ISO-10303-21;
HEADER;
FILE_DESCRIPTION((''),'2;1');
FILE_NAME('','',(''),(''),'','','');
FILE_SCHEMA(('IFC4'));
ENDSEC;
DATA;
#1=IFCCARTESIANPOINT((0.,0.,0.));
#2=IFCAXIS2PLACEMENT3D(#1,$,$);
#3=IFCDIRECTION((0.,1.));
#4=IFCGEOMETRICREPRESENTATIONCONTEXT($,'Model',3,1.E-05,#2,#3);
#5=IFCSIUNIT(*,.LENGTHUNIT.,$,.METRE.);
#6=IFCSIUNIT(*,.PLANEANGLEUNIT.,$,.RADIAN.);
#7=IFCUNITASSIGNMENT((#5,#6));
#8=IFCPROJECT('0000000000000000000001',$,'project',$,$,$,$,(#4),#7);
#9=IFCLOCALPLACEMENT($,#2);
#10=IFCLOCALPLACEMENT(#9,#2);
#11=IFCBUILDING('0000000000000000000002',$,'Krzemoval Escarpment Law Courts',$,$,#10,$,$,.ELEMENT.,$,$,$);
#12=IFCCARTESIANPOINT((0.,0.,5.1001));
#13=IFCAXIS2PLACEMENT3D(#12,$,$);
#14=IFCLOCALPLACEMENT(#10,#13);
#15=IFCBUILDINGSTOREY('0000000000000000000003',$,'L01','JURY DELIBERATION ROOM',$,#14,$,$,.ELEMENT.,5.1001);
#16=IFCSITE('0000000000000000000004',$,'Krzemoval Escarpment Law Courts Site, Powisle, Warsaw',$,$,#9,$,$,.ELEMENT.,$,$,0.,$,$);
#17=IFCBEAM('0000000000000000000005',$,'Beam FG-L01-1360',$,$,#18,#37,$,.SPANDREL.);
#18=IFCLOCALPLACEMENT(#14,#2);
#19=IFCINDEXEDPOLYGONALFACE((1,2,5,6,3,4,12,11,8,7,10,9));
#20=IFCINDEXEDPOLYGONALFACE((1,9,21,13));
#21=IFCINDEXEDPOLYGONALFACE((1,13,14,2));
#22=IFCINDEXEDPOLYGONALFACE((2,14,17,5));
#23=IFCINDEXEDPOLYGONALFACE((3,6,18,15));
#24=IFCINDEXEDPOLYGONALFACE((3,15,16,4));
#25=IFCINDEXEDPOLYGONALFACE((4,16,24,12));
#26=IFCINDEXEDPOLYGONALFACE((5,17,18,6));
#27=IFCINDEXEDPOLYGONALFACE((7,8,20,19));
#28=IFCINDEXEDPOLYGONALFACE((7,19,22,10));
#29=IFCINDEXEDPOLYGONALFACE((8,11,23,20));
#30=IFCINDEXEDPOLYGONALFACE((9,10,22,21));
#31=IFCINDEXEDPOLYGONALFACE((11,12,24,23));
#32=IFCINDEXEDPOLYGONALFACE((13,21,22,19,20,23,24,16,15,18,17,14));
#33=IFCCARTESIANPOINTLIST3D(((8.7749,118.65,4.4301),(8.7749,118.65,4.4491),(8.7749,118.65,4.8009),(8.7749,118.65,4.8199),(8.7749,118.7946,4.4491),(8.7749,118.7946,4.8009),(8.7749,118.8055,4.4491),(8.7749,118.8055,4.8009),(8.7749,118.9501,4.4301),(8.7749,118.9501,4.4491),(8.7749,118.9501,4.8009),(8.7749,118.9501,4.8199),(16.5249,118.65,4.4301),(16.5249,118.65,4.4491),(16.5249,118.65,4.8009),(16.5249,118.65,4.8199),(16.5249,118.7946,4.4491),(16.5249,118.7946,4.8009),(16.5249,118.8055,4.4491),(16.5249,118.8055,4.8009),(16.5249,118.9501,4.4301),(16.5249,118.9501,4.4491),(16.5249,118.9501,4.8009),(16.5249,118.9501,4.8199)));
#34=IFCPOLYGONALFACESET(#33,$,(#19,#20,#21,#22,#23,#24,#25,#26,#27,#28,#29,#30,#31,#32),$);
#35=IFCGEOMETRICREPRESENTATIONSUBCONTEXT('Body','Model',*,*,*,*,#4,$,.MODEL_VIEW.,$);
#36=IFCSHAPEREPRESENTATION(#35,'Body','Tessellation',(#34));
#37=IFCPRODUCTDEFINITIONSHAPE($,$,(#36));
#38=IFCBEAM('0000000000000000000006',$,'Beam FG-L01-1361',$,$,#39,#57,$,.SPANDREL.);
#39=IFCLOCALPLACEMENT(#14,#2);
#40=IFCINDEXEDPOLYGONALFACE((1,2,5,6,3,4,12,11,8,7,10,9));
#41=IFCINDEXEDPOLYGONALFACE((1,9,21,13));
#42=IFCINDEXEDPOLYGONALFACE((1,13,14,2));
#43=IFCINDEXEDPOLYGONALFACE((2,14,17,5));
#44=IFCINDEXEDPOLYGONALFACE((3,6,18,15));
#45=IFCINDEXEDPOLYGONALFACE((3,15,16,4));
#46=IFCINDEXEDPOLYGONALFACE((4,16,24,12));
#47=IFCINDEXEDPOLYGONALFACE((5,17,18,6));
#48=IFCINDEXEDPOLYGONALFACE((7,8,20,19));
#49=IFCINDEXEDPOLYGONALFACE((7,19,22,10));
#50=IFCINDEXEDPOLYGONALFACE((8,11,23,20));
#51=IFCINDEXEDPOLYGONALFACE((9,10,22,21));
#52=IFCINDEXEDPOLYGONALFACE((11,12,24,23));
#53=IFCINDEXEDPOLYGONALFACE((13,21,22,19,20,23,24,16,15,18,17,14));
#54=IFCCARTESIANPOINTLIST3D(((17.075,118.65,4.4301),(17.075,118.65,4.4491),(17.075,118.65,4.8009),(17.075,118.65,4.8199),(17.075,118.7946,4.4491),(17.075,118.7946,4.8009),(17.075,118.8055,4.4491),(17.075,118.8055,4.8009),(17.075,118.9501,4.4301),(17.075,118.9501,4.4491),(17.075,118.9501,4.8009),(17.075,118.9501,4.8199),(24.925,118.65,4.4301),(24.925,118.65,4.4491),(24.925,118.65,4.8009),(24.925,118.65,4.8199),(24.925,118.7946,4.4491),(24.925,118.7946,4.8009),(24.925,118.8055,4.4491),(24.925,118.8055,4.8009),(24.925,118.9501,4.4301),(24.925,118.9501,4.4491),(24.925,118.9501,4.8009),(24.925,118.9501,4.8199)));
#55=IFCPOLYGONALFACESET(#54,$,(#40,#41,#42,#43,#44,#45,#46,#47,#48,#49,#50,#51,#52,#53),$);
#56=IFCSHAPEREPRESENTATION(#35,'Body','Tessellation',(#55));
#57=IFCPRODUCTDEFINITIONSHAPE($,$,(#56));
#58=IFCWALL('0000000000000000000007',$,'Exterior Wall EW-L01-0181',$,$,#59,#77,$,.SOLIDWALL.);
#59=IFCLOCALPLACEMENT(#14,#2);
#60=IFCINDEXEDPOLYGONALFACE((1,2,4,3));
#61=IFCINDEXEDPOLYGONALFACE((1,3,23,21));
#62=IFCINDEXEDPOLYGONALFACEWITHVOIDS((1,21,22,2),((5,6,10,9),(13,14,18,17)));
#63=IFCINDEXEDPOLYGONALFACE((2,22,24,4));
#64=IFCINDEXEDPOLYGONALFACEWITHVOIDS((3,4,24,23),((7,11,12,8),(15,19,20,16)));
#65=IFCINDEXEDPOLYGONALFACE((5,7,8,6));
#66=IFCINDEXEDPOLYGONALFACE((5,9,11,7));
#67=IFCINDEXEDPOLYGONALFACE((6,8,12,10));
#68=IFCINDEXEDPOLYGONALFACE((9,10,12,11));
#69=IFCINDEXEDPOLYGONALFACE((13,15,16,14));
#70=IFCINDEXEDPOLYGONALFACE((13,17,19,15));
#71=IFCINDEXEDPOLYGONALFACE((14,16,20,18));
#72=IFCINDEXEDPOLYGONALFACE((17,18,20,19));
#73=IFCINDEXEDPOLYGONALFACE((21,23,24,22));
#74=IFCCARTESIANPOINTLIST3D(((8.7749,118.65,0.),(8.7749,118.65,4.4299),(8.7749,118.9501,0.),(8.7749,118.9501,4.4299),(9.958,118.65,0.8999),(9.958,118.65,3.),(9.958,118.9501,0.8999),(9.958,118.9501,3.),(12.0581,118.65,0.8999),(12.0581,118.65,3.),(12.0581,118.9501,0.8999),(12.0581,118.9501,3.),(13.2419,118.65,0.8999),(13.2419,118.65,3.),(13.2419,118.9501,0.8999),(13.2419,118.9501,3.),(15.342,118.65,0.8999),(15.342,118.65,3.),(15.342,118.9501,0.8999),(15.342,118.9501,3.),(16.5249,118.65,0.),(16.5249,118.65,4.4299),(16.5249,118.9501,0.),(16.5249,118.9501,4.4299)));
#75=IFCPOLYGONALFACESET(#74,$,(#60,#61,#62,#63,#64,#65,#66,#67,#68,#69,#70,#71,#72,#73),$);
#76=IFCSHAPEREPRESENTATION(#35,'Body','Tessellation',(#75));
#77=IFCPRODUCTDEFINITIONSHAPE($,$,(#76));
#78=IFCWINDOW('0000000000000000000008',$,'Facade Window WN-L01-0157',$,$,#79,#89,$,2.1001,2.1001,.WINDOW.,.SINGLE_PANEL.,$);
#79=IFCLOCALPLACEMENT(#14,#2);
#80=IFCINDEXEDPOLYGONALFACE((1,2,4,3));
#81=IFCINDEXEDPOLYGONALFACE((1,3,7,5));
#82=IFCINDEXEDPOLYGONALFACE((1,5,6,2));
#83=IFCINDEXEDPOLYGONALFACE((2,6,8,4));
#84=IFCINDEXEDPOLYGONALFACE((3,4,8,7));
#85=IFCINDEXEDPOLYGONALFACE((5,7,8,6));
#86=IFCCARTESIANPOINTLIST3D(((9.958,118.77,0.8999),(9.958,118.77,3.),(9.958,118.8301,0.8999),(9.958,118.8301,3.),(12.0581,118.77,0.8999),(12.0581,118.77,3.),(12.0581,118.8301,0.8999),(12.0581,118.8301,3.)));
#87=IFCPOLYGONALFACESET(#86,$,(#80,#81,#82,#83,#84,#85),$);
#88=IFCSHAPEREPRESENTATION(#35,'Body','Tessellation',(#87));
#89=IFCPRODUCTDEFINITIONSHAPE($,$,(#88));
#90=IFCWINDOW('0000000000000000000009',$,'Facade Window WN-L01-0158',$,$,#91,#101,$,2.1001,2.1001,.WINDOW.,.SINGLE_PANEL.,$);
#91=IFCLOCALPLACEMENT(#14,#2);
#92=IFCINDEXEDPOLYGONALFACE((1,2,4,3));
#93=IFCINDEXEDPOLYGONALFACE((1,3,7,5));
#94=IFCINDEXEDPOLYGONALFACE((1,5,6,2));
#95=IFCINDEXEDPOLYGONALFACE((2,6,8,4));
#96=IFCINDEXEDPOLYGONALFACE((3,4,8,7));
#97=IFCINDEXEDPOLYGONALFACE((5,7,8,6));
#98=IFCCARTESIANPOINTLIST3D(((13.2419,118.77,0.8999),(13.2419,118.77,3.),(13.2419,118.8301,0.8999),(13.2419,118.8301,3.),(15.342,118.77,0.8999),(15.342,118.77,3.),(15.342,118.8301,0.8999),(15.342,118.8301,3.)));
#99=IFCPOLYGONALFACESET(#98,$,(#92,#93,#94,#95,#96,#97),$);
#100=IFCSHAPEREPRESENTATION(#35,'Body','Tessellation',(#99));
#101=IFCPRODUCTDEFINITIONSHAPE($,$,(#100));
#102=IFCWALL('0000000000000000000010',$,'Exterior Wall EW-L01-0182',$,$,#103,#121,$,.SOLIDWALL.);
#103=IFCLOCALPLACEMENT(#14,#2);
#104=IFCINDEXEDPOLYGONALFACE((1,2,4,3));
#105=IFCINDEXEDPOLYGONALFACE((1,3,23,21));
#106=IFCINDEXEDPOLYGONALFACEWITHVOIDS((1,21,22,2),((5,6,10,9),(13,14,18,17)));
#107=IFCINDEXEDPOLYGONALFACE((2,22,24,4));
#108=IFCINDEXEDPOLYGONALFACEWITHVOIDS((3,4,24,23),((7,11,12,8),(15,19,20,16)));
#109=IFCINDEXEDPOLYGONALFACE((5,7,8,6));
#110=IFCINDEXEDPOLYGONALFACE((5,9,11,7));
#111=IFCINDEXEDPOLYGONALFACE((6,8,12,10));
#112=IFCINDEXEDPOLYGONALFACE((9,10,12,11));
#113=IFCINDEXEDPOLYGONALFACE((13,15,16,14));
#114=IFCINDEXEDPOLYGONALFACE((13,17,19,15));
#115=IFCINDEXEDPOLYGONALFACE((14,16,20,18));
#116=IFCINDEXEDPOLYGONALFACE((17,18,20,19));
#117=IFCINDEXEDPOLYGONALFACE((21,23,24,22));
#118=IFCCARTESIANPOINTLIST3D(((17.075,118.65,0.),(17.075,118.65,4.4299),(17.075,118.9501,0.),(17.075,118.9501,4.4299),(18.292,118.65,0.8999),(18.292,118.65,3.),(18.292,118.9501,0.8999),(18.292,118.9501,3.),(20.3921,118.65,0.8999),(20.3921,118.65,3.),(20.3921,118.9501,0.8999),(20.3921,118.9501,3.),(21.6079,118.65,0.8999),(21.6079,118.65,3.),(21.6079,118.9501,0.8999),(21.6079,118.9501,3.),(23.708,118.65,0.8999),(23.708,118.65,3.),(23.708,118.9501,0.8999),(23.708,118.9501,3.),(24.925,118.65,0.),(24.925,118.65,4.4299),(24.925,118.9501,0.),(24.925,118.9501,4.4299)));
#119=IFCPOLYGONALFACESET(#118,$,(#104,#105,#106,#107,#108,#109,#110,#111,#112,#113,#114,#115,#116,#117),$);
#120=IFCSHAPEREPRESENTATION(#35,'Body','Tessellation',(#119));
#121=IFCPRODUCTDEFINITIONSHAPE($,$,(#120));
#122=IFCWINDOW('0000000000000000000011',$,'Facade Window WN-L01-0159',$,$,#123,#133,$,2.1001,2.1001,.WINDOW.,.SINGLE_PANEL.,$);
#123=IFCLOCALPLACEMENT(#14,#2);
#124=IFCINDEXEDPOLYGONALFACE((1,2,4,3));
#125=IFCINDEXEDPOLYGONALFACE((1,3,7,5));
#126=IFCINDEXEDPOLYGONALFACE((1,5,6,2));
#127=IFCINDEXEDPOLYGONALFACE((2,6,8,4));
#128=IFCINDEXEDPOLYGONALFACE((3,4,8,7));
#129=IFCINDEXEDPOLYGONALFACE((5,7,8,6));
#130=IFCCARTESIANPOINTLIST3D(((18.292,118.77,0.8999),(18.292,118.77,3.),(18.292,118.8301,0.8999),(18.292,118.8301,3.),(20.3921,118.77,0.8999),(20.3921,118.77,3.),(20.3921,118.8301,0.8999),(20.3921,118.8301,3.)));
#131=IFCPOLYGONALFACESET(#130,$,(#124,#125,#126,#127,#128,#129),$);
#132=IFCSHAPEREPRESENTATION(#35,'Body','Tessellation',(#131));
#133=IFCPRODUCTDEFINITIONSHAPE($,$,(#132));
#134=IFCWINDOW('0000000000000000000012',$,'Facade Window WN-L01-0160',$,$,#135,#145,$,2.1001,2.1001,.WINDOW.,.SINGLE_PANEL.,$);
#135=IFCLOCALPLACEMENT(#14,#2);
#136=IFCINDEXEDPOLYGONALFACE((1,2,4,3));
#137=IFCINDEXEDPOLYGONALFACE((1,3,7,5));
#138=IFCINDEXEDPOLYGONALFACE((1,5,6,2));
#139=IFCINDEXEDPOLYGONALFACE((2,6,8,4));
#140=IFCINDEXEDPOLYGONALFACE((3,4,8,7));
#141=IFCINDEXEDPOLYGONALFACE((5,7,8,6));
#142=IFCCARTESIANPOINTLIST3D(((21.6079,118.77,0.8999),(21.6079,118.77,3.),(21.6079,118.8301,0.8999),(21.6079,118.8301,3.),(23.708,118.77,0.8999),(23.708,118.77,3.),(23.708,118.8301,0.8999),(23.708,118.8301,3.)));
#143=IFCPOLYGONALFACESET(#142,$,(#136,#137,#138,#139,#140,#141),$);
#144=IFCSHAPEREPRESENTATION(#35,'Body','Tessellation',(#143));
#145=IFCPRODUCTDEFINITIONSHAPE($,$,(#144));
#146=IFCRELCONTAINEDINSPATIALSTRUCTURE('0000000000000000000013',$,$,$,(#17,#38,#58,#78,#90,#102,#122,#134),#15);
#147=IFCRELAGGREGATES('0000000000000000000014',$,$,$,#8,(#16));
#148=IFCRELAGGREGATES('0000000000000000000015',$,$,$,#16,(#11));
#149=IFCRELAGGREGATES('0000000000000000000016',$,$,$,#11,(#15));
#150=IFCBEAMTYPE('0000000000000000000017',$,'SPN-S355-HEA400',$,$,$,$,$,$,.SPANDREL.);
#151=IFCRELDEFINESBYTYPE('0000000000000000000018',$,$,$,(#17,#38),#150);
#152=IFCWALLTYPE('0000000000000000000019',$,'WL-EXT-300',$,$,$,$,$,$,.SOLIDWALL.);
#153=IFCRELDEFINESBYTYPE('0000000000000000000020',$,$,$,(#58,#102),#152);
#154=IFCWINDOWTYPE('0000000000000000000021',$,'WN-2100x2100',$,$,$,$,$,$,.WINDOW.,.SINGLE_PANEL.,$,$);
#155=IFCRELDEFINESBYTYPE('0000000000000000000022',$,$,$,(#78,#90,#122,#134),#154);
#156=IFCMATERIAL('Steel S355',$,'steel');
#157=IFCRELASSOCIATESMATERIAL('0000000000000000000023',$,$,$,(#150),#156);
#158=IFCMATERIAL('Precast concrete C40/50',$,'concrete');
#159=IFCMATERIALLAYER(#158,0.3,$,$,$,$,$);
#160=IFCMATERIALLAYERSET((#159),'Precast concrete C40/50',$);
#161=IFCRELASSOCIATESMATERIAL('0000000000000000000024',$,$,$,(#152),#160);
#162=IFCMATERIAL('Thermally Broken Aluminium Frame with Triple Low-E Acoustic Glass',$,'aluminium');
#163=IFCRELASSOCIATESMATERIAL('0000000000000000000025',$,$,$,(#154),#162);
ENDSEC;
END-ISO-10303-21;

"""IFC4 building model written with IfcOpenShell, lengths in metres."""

from ifc_helpers import new_model, si_unit, direction, frame, frame_2d, origin, origin_2d, place, context, subcontext, project, spatial, rectangle, i_section, extrude, material, layer, layer_set, material_profile, profile_set, type_object, element, fill, save


model = new_model("IFC4")

# Units and contexts
model_context = context("Model", 3, precision=1e-05, world=origin(), true_north=direction((0.0, 1.0)))
body_context = subcontext(model_context, "Body", "Model", "MODEL_VIEW")
ifc_project = project(units=[si_unit("LENGTHUNIT", "METRE"), si_unit("PLANEANGLEUNIT", "RADIAN")], contexts=[model_context])

# Site, building, storey
site_placement = place(None, origin())
site = spatial("IfcSite", under=ifc_project, at=site_placement, Name="Krzemoval Escarpment Law Courts Site, Powisle, Warsaw", CompositionType="ELEMENT", RefElevation=0.0)
building_placement = place(site_placement, origin())
building = spatial("IfcBuilding", under=site, at=building_placement, Name="Krzemoval Escarpment Law Courts", CompositionType="ELEMENT")
storey_placement = place(building_placement, frame((0.0, 0.0, 5.1001)))
storey = spatial("IfcBuildingStorey", under=building, at=storey_placement, Name="L01", Description="JURY DELIBERATION ROOM", CompositionType="ELEMENT", Elevation=5.1001)

# Beams
ifc_material_1 = material(Name="Steel S355", Category="steel")
ifc_material_profile_1 = material_profile(ifc_material_1, i_section(OverallWidth=0.3, OverallDepth=0.3899, WebThickness=0.011, FlangeThickness=0.019, at=origin_2d()), Name="HEA 400")
ifc_profile_set_1 = profile_set([ifc_material_profile_1], Name="Steel S355")
beam_type_1 = type_object("IfcBeamType", Name="SPN-S355-HEA400", PredefinedType="SPANDREL", material=ifc_profile_set_1)
beam_1_placement = place(storey_placement, frame((8.7749, 118.8, 4.625), z_axis=(1.0, 0.0, 0.0), x_axis=(0.0, 1.0, 0.0)))
element("IfcBeam", 1, at=beam_1_placement, inside=storey, type_object=beam_type_1, Name="Beam FG-L01-1360", PredefinedType="SPANDREL", context=body_context, shape_type="SweptSolid", body=[
    extrude(i_section(OverallWidth=0.3, OverallDepth=0.3899, WebThickness=0.011, FlangeThickness=0.019, at=origin_2d()), origin(), (0.0, 0.0, 1.0), 7.75),
])
beam_2_placement = place(storey_placement, frame((17.075, 118.8, 4.625), z_axis=(1.0, 0.0, 0.0), x_axis=(0.0, 1.0, 0.0)))
element("IfcBeam", 2, at=beam_2_placement, inside=storey, type_object=beam_type_1, Name="Beam FG-L01-1361", PredefinedType="SPANDREL", context=body_context, shape_type="SweptSolid", body=[
    extrude(i_section(OverallWidth=0.3, OverallDepth=0.3899, WebThickness=0.011, FlangeThickness=0.019, at=origin_2d()), origin(), (0.0, 0.0, 1.0), 7.8501),
])

# Walls, openings, windows
ifc_material_2 = material(Name="Precast concrete C40/50", Category="concrete")
ifc_layer_1 = layer(ifc_material_2, 0.3)
ifc_layer_set_1 = layer_set([ifc_layer_1], Name="Precast concrete C40/50")
wall_type_1 = type_object("IfcWallType", Name="WL-EXT-300", PredefinedType="SOLIDWALL", material=ifc_layer_set_1)
wall_1_placement = place(storey_placement, frame((8.7749, 118.8, 0.0), z_axis=(0.0, 0.0, 1.0), x_axis=(1.0, 0.0, 0.0)))
wall_1 = element("IfcWall", 3, at=wall_1_placement, inside=storey, type_object=wall_type_1, Name="Exterior Wall EW-L01-0181", PredefinedType="SOLIDWALL", context=body_context, shape_type="SweptSolid", body=[
    extrude(rectangle(XDim=7.75, YDim=0.3, at=frame_2d((3.875, 0.0))), origin(), (0.0, 0.0, 1.0), 4.4299),
])
opening_1_placement = place(wall_1_placement, frame((1.1831, 0.0, 0.8999)))
opening_1 = element("IfcOpeningElement", 4, at=opening_1_placement, cuts=wall_1, PredefinedType="OPENING", context=body_context, shape_type="SweptSolid", body=[
    extrude(rectangle(XDim=2.1001, YDim=2.1001, at=frame_2d((1.05, 1.05))), frame((0.0, 0.165, 0.0), z_axis=(0.0, -1.0, 0.0), x_axis=(1.0, 0.0, 0.0)), (0.0, 0.0, 1.0), 0.3301),
])
opening_2_placement = place(wall_1_placement, frame((4.467, 0.0, 0.8999)))
opening_2 = element("IfcOpeningElement", 5, at=opening_2_placement, cuts=wall_1, PredefinedType="OPENING", context=body_context, shape_type="SweptSolid", body=[
    extrude(rectangle(XDim=2.1001, YDim=2.1001, at=frame_2d((1.05, 1.05))), frame((0.0, 0.165, 0.0), z_axis=(0.0, -1.0, 0.0), x_axis=(1.0, 0.0, 0.0)), (0.0, 0.0, 1.0), 0.3301),
])
ifc_material_3 = material(Name="Thermally Broken Aluminium Frame with Triple Low-E Acoustic Glass", Category="aluminium")
window_type = type_object("IfcWindowType", Name="WN-2100x2100", PartitioningType="SINGLE_PANEL", PredefinedType="WINDOW", material=ifc_material_3)
window_1_placement = place(opening_1_placement, origin())
window_1 = element("IfcWindow", 6, at=window_1_placement, inside=storey, type_object=window_type, Name="Facade Window WN-L01-0157", OverallHeight=2.1001, OverallWidth=2.1001, PartitioningType="SINGLE_PANEL", PredefinedType="WINDOW", context=body_context, shape_type="SweptSolid", body=[
    extrude(rectangle(XDim=2.1001, YDim=2.1001, at=frame_2d((1.05, 1.05))), frame((0.0, 0.03, 0.0), z_axis=(0.0, -1.0, 0.0), x_axis=(1.0, 0.0, 0.0)), (0.0, 0.0, 1.0), 0.0601),
])
fill(opening_1, window_1)
window_2_placement = place(opening_2_placement, origin())
window_2 = element("IfcWindow", 7, at=window_2_placement, inside=storey, type_object=window_type, Name="Facade Window WN-L01-0158", OverallHeight=2.1001, OverallWidth=2.1001, PartitioningType="SINGLE_PANEL", PredefinedType="WINDOW", context=body_context, shape_type="SweptSolid", body=[
    extrude(rectangle(XDim=2.1001, YDim=2.1001, at=frame_2d((1.05, 1.05))), frame((0.0, 0.03, 0.0), z_axis=(0.0, -1.0, 0.0), x_axis=(1.0, 0.0, 0.0)), (0.0, 0.0, 1.0), 0.0601),
])
fill(opening_2, window_2)
wall_2_placement = place(storey_placement, frame((17.075, 118.8, 0.0), z_axis=(0.0, 0.0, 1.0), x_axis=(1.0, 0.0, 0.0)))
wall_2 = element("IfcWall", 8, at=wall_2_placement, inside=storey, type_object=wall_type_1, Name="Exterior Wall EW-L01-0182", PredefinedType="SOLIDWALL", context=body_context, shape_type="SweptSolid", body=[
    extrude(rectangle(XDim=7.8501, YDim=0.3, at=frame_2d((3.925, 0.0))), origin(), (0.0, 0.0, 1.0), 4.4299),
])
opening_3_placement = place(wall_2_placement, frame((1.217, 0.0, 0.8999)))
opening_3 = element("IfcOpeningElement", 9, at=opening_3_placement, cuts=wall_2, PredefinedType="OPENING", context=body_context, shape_type="SweptSolid", body=[
    extrude(rectangle(XDim=2.1001, YDim=2.1001, at=frame_2d((1.05, 1.05))), frame((0.0, 0.165, 0.0), z_axis=(0.0, -1.0, 0.0), x_axis=(1.0, 0.0, 0.0)), (0.0, 0.0, 1.0), 0.3301),
])
opening_4_placement = place(wall_2_placement, frame((4.533, 0.0, 0.8999)))
opening_4 = element("IfcOpeningElement", 10, at=opening_4_placement, cuts=wall_2, PredefinedType="OPENING", context=body_context, shape_type="SweptSolid", body=[
    extrude(rectangle(XDim=2.1001, YDim=2.1001, at=frame_2d((1.05, 1.05))), frame((0.0, 0.165, 0.0), z_axis=(0.0, -1.0, 0.0), x_axis=(1.0, 0.0, 0.0)), (0.0, 0.0, 1.0), 0.3301),
])
window_3_placement = place(opening_3_placement, origin())
window_3 = element("IfcWindow", 11, at=window_3_placement, inside=storey, type_object=window_type, Name="Facade Window WN-L01-0159", OverallHeight=2.1001, OverallWidth=2.1001, PartitioningType="SINGLE_PANEL", PredefinedType="WINDOW", context=body_context, shape_type="SweptSolid", body=[
    extrude(rectangle(XDim=2.1001, YDim=2.1001, at=frame_2d((1.05, 1.05))), frame((0.0, 0.03, 0.0), z_axis=(0.0, -1.0, 0.0), x_axis=(1.0, 0.0, 0.0)), (0.0, 0.0, 1.0), 0.0601),
])
fill(opening_3, window_3)
window_4_placement = place(opening_4_placement, origin())
window_4 = element("IfcWindow", 12, at=window_4_placement, inside=storey, type_object=window_type, Name="Facade Window WN-L01-0160", OverallHeight=2.1001, OverallWidth=2.1001, PartitioningType="SINGLE_PANEL", PredefinedType="WINDOW", context=body_context, shape_type="SweptSolid", body=[
    extrude(rectangle(XDim=2.1001, YDim=2.1001, at=frame_2d((1.05, 1.05))), frame((0.0, 0.03, 0.0), z_axis=(0.0, -1.0, 0.0), x_axis=(1.0, 0.0, 0.0)), (0.0, 0.0, 1.0), 0.0601),
])
fill(opening_4, window_4)

save(model, "model.ifc")
